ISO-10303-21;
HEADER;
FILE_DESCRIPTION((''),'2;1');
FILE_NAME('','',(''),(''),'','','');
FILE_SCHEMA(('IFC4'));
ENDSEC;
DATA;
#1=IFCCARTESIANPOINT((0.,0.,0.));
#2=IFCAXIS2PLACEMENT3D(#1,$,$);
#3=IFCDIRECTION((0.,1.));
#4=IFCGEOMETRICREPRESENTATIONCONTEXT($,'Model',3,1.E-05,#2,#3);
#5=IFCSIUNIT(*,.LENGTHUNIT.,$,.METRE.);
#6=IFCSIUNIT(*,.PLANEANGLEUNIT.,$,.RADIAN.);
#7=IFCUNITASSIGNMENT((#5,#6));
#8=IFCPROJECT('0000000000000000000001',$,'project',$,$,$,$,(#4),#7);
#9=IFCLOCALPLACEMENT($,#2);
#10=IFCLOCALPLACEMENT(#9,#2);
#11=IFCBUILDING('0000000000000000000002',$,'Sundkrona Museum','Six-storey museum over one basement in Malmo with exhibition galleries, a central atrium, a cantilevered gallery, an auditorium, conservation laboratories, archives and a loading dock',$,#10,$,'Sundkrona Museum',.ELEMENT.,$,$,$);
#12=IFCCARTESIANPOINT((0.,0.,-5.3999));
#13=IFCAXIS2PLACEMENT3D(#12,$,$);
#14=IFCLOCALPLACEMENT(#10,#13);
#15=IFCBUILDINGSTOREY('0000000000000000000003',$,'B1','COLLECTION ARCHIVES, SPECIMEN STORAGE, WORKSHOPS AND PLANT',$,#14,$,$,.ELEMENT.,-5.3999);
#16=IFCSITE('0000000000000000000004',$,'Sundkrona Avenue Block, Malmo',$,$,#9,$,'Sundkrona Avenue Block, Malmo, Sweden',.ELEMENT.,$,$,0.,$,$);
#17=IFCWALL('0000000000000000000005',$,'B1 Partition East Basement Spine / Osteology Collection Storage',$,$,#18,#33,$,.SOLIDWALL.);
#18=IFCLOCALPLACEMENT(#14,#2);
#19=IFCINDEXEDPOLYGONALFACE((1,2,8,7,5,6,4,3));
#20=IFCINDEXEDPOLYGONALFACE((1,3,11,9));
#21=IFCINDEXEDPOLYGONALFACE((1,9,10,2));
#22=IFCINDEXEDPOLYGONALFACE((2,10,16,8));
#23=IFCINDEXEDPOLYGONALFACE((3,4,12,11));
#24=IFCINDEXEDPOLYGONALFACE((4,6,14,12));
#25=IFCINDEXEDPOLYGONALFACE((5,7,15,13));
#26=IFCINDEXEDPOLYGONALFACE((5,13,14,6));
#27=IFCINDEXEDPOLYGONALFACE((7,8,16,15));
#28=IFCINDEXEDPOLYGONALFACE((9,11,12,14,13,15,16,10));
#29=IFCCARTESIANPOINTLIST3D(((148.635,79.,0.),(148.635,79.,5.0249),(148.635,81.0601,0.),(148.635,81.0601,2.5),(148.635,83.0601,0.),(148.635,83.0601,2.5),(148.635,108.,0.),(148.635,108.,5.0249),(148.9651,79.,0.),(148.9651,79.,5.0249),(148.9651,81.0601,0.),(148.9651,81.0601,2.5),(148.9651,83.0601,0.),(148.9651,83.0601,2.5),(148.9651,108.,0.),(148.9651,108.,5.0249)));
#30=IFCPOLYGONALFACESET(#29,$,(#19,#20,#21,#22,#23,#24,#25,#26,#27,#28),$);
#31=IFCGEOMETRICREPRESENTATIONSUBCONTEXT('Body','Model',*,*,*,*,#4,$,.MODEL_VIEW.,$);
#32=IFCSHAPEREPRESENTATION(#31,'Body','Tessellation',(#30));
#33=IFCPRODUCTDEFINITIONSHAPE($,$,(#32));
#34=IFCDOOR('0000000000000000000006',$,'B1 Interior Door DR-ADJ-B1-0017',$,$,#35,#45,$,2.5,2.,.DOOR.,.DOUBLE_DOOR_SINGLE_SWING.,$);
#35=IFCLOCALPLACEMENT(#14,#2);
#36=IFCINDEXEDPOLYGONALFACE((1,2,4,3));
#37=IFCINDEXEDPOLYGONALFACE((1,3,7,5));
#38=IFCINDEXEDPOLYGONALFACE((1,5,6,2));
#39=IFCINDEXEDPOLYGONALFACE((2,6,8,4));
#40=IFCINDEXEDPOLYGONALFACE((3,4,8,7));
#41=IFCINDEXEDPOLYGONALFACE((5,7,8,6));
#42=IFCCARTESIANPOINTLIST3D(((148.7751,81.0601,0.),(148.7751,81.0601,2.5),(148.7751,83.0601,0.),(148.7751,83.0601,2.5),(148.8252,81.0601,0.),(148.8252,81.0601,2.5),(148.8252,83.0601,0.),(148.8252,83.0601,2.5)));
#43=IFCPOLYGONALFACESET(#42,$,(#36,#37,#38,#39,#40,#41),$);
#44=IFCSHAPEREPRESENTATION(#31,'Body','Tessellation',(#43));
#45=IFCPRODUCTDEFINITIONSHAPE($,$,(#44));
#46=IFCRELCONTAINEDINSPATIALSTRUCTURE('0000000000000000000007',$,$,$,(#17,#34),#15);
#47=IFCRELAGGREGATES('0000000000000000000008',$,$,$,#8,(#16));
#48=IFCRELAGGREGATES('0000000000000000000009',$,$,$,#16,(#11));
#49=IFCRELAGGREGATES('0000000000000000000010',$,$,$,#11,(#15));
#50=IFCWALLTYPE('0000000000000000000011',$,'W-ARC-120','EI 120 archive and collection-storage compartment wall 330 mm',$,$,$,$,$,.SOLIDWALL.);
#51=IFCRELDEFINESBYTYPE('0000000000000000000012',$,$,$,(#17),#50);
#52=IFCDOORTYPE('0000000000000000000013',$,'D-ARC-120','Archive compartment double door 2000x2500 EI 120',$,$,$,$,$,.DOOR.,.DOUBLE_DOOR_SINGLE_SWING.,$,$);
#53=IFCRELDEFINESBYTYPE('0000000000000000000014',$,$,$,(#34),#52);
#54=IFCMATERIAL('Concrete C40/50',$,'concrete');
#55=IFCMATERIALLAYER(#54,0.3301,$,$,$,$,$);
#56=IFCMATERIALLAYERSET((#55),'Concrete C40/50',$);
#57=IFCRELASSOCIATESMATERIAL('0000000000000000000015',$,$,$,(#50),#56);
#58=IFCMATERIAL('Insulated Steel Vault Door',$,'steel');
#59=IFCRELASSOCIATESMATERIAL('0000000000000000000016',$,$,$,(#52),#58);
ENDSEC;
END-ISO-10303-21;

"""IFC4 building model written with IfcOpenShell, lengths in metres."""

from ifc_helpers import new_model, si_unit, direction, frame, frame_2d, origin, place, context, subcontext, project, spatial, rectangle, extrude, material, layer, layer_set, type_object, element, fill, save


model = new_model("IFC4")

# Units and contexts
model_context = context("Model", 3, precision=1e-05, world=origin(), true_north=direction((0.0, 1.0)))
body_context = subcontext(model_context, "Body", "Model", "MODEL_VIEW")
ifc_project = project(units=[si_unit("LENGTHUNIT", "METRE"), si_unit("PLANEANGLEUNIT", "RADIAN")], contexts=[model_context])

# Site, building, storey
site_placement = place(None, origin())
site = spatial("IfcSite", under=ifc_project, at=site_placement, Name="Sundkrona Avenue Block, Malmo", LongName="Sundkrona Avenue Block, Malmo, Sweden", CompositionType="ELEMENT", RefElevation=0.0)
building_placement = place(site_placement, origin())
building = spatial("IfcBuilding", under=site, at=building_placement, Name="Sundkrona Museum", Description="Six-storey museum over one basement in Malmo with exhibition galleries, a central atrium, a cantilevered gallery, an auditorium, conservation laboratories, archives and a loading dock", LongName="Sundkrona Museum", CompositionType="ELEMENT")
storey_placement = place(building_placement, frame((0.0, 0.0, -5.3999)))
storey = spatial("IfcBuildingStorey", under=building, at=storey_placement, Name="B1", Description="COLLECTION ARCHIVES, SPECIMEN STORAGE, WORKSHOPS AND PLANT", CompositionType="ELEMENT", Elevation=-5.3999)

# Shared definitions
ifc_material_1 = material(Name="Concrete C40/50", Category="concrete")

# Wall, opening, door
ifc_layer = layer(ifc_material_1, 0.3301)
ifc_layer_set = layer_set([ifc_layer], Name="Concrete C40/50")
wall_type = type_object("IfcWallType", Name="W-ARC-120", Description="EI 120 archive and collection-storage compartment wall 330 mm", PredefinedType="SOLIDWALL", material=ifc_layer_set)
wall_placement = place(storey_placement, frame((148.8, 79.0, 0.0), z_axis=(0.0, 0.0, 1.0), x_axis=(0.0, 1.0, 0.0)))
wall = element("IfcWall", 1, at=wall_placement, inside=storey, type_object=wall_type, Name="B1 Partition East Basement Spine / Osteology Collection Storage", PredefinedType="SOLIDWALL", context=body_context, shape_type="SweptSolid", body=[
    extrude(rectangle(XDim=29.0, YDim=0.3301, at=frame_2d((14.5, 0.0))), origin(), (0.0, 0.0, 1.0), 5.0249),
])
opening_placement = place(wall_placement, frame((2.0601, 0.0, 0.0)))
opening = element("IfcOpeningElement", 2, at=opening_placement, cuts=wall, PredefinedType="OPENING", context=body_context, shape_type="SweptSolid", body=[
    extrude(rectangle(XDim=2.0, YDim=2.5, at=frame_2d((1.0, 1.25))), frame((0.0, 0.175, 0.0), z_axis=(0.0, -1.0, 0.0), x_axis=(1.0, 0.0, 0.0)), (0.0, 0.0, 1.0), 0.3501),
])
ifc_material_2 = material(Name="Insulated Steel Vault Door", Category="steel")
door_type = type_object("IfcDoorType", Name="D-ARC-120", Description="Archive compartment double door 2000x2500 EI 120", OperationType="DOUBLE_DOOR_SINGLE_SWING", PredefinedType="DOOR", material=ifc_material_2)
door_placement = place(opening_placement, origin())
door = element("IfcDoor", 3, at=door_placement, inside=storey, type_object=door_type, Name="B1 Interior Door DR-ADJ-B1-0017", OperationType="DOUBLE_DOOR_SINGLE_SWING", OverallHeight=2.5, OverallWidth=2.0, PredefinedType="DOOR", context=body_context, shape_type="SweptSolid", body=[
    extrude(rectangle(XDim=2.0, YDim=2.5, at=frame_2d((1.0, 1.25))), frame((0.0, 0.0249, 0.0), z_axis=(0.0, -1.0, 0.0), x_axis=(1.0, 0.0, 0.0)), (0.0, 0.0, 1.0), 0.05),
])
fill(opening, door)

save(model, "model.ifc")
